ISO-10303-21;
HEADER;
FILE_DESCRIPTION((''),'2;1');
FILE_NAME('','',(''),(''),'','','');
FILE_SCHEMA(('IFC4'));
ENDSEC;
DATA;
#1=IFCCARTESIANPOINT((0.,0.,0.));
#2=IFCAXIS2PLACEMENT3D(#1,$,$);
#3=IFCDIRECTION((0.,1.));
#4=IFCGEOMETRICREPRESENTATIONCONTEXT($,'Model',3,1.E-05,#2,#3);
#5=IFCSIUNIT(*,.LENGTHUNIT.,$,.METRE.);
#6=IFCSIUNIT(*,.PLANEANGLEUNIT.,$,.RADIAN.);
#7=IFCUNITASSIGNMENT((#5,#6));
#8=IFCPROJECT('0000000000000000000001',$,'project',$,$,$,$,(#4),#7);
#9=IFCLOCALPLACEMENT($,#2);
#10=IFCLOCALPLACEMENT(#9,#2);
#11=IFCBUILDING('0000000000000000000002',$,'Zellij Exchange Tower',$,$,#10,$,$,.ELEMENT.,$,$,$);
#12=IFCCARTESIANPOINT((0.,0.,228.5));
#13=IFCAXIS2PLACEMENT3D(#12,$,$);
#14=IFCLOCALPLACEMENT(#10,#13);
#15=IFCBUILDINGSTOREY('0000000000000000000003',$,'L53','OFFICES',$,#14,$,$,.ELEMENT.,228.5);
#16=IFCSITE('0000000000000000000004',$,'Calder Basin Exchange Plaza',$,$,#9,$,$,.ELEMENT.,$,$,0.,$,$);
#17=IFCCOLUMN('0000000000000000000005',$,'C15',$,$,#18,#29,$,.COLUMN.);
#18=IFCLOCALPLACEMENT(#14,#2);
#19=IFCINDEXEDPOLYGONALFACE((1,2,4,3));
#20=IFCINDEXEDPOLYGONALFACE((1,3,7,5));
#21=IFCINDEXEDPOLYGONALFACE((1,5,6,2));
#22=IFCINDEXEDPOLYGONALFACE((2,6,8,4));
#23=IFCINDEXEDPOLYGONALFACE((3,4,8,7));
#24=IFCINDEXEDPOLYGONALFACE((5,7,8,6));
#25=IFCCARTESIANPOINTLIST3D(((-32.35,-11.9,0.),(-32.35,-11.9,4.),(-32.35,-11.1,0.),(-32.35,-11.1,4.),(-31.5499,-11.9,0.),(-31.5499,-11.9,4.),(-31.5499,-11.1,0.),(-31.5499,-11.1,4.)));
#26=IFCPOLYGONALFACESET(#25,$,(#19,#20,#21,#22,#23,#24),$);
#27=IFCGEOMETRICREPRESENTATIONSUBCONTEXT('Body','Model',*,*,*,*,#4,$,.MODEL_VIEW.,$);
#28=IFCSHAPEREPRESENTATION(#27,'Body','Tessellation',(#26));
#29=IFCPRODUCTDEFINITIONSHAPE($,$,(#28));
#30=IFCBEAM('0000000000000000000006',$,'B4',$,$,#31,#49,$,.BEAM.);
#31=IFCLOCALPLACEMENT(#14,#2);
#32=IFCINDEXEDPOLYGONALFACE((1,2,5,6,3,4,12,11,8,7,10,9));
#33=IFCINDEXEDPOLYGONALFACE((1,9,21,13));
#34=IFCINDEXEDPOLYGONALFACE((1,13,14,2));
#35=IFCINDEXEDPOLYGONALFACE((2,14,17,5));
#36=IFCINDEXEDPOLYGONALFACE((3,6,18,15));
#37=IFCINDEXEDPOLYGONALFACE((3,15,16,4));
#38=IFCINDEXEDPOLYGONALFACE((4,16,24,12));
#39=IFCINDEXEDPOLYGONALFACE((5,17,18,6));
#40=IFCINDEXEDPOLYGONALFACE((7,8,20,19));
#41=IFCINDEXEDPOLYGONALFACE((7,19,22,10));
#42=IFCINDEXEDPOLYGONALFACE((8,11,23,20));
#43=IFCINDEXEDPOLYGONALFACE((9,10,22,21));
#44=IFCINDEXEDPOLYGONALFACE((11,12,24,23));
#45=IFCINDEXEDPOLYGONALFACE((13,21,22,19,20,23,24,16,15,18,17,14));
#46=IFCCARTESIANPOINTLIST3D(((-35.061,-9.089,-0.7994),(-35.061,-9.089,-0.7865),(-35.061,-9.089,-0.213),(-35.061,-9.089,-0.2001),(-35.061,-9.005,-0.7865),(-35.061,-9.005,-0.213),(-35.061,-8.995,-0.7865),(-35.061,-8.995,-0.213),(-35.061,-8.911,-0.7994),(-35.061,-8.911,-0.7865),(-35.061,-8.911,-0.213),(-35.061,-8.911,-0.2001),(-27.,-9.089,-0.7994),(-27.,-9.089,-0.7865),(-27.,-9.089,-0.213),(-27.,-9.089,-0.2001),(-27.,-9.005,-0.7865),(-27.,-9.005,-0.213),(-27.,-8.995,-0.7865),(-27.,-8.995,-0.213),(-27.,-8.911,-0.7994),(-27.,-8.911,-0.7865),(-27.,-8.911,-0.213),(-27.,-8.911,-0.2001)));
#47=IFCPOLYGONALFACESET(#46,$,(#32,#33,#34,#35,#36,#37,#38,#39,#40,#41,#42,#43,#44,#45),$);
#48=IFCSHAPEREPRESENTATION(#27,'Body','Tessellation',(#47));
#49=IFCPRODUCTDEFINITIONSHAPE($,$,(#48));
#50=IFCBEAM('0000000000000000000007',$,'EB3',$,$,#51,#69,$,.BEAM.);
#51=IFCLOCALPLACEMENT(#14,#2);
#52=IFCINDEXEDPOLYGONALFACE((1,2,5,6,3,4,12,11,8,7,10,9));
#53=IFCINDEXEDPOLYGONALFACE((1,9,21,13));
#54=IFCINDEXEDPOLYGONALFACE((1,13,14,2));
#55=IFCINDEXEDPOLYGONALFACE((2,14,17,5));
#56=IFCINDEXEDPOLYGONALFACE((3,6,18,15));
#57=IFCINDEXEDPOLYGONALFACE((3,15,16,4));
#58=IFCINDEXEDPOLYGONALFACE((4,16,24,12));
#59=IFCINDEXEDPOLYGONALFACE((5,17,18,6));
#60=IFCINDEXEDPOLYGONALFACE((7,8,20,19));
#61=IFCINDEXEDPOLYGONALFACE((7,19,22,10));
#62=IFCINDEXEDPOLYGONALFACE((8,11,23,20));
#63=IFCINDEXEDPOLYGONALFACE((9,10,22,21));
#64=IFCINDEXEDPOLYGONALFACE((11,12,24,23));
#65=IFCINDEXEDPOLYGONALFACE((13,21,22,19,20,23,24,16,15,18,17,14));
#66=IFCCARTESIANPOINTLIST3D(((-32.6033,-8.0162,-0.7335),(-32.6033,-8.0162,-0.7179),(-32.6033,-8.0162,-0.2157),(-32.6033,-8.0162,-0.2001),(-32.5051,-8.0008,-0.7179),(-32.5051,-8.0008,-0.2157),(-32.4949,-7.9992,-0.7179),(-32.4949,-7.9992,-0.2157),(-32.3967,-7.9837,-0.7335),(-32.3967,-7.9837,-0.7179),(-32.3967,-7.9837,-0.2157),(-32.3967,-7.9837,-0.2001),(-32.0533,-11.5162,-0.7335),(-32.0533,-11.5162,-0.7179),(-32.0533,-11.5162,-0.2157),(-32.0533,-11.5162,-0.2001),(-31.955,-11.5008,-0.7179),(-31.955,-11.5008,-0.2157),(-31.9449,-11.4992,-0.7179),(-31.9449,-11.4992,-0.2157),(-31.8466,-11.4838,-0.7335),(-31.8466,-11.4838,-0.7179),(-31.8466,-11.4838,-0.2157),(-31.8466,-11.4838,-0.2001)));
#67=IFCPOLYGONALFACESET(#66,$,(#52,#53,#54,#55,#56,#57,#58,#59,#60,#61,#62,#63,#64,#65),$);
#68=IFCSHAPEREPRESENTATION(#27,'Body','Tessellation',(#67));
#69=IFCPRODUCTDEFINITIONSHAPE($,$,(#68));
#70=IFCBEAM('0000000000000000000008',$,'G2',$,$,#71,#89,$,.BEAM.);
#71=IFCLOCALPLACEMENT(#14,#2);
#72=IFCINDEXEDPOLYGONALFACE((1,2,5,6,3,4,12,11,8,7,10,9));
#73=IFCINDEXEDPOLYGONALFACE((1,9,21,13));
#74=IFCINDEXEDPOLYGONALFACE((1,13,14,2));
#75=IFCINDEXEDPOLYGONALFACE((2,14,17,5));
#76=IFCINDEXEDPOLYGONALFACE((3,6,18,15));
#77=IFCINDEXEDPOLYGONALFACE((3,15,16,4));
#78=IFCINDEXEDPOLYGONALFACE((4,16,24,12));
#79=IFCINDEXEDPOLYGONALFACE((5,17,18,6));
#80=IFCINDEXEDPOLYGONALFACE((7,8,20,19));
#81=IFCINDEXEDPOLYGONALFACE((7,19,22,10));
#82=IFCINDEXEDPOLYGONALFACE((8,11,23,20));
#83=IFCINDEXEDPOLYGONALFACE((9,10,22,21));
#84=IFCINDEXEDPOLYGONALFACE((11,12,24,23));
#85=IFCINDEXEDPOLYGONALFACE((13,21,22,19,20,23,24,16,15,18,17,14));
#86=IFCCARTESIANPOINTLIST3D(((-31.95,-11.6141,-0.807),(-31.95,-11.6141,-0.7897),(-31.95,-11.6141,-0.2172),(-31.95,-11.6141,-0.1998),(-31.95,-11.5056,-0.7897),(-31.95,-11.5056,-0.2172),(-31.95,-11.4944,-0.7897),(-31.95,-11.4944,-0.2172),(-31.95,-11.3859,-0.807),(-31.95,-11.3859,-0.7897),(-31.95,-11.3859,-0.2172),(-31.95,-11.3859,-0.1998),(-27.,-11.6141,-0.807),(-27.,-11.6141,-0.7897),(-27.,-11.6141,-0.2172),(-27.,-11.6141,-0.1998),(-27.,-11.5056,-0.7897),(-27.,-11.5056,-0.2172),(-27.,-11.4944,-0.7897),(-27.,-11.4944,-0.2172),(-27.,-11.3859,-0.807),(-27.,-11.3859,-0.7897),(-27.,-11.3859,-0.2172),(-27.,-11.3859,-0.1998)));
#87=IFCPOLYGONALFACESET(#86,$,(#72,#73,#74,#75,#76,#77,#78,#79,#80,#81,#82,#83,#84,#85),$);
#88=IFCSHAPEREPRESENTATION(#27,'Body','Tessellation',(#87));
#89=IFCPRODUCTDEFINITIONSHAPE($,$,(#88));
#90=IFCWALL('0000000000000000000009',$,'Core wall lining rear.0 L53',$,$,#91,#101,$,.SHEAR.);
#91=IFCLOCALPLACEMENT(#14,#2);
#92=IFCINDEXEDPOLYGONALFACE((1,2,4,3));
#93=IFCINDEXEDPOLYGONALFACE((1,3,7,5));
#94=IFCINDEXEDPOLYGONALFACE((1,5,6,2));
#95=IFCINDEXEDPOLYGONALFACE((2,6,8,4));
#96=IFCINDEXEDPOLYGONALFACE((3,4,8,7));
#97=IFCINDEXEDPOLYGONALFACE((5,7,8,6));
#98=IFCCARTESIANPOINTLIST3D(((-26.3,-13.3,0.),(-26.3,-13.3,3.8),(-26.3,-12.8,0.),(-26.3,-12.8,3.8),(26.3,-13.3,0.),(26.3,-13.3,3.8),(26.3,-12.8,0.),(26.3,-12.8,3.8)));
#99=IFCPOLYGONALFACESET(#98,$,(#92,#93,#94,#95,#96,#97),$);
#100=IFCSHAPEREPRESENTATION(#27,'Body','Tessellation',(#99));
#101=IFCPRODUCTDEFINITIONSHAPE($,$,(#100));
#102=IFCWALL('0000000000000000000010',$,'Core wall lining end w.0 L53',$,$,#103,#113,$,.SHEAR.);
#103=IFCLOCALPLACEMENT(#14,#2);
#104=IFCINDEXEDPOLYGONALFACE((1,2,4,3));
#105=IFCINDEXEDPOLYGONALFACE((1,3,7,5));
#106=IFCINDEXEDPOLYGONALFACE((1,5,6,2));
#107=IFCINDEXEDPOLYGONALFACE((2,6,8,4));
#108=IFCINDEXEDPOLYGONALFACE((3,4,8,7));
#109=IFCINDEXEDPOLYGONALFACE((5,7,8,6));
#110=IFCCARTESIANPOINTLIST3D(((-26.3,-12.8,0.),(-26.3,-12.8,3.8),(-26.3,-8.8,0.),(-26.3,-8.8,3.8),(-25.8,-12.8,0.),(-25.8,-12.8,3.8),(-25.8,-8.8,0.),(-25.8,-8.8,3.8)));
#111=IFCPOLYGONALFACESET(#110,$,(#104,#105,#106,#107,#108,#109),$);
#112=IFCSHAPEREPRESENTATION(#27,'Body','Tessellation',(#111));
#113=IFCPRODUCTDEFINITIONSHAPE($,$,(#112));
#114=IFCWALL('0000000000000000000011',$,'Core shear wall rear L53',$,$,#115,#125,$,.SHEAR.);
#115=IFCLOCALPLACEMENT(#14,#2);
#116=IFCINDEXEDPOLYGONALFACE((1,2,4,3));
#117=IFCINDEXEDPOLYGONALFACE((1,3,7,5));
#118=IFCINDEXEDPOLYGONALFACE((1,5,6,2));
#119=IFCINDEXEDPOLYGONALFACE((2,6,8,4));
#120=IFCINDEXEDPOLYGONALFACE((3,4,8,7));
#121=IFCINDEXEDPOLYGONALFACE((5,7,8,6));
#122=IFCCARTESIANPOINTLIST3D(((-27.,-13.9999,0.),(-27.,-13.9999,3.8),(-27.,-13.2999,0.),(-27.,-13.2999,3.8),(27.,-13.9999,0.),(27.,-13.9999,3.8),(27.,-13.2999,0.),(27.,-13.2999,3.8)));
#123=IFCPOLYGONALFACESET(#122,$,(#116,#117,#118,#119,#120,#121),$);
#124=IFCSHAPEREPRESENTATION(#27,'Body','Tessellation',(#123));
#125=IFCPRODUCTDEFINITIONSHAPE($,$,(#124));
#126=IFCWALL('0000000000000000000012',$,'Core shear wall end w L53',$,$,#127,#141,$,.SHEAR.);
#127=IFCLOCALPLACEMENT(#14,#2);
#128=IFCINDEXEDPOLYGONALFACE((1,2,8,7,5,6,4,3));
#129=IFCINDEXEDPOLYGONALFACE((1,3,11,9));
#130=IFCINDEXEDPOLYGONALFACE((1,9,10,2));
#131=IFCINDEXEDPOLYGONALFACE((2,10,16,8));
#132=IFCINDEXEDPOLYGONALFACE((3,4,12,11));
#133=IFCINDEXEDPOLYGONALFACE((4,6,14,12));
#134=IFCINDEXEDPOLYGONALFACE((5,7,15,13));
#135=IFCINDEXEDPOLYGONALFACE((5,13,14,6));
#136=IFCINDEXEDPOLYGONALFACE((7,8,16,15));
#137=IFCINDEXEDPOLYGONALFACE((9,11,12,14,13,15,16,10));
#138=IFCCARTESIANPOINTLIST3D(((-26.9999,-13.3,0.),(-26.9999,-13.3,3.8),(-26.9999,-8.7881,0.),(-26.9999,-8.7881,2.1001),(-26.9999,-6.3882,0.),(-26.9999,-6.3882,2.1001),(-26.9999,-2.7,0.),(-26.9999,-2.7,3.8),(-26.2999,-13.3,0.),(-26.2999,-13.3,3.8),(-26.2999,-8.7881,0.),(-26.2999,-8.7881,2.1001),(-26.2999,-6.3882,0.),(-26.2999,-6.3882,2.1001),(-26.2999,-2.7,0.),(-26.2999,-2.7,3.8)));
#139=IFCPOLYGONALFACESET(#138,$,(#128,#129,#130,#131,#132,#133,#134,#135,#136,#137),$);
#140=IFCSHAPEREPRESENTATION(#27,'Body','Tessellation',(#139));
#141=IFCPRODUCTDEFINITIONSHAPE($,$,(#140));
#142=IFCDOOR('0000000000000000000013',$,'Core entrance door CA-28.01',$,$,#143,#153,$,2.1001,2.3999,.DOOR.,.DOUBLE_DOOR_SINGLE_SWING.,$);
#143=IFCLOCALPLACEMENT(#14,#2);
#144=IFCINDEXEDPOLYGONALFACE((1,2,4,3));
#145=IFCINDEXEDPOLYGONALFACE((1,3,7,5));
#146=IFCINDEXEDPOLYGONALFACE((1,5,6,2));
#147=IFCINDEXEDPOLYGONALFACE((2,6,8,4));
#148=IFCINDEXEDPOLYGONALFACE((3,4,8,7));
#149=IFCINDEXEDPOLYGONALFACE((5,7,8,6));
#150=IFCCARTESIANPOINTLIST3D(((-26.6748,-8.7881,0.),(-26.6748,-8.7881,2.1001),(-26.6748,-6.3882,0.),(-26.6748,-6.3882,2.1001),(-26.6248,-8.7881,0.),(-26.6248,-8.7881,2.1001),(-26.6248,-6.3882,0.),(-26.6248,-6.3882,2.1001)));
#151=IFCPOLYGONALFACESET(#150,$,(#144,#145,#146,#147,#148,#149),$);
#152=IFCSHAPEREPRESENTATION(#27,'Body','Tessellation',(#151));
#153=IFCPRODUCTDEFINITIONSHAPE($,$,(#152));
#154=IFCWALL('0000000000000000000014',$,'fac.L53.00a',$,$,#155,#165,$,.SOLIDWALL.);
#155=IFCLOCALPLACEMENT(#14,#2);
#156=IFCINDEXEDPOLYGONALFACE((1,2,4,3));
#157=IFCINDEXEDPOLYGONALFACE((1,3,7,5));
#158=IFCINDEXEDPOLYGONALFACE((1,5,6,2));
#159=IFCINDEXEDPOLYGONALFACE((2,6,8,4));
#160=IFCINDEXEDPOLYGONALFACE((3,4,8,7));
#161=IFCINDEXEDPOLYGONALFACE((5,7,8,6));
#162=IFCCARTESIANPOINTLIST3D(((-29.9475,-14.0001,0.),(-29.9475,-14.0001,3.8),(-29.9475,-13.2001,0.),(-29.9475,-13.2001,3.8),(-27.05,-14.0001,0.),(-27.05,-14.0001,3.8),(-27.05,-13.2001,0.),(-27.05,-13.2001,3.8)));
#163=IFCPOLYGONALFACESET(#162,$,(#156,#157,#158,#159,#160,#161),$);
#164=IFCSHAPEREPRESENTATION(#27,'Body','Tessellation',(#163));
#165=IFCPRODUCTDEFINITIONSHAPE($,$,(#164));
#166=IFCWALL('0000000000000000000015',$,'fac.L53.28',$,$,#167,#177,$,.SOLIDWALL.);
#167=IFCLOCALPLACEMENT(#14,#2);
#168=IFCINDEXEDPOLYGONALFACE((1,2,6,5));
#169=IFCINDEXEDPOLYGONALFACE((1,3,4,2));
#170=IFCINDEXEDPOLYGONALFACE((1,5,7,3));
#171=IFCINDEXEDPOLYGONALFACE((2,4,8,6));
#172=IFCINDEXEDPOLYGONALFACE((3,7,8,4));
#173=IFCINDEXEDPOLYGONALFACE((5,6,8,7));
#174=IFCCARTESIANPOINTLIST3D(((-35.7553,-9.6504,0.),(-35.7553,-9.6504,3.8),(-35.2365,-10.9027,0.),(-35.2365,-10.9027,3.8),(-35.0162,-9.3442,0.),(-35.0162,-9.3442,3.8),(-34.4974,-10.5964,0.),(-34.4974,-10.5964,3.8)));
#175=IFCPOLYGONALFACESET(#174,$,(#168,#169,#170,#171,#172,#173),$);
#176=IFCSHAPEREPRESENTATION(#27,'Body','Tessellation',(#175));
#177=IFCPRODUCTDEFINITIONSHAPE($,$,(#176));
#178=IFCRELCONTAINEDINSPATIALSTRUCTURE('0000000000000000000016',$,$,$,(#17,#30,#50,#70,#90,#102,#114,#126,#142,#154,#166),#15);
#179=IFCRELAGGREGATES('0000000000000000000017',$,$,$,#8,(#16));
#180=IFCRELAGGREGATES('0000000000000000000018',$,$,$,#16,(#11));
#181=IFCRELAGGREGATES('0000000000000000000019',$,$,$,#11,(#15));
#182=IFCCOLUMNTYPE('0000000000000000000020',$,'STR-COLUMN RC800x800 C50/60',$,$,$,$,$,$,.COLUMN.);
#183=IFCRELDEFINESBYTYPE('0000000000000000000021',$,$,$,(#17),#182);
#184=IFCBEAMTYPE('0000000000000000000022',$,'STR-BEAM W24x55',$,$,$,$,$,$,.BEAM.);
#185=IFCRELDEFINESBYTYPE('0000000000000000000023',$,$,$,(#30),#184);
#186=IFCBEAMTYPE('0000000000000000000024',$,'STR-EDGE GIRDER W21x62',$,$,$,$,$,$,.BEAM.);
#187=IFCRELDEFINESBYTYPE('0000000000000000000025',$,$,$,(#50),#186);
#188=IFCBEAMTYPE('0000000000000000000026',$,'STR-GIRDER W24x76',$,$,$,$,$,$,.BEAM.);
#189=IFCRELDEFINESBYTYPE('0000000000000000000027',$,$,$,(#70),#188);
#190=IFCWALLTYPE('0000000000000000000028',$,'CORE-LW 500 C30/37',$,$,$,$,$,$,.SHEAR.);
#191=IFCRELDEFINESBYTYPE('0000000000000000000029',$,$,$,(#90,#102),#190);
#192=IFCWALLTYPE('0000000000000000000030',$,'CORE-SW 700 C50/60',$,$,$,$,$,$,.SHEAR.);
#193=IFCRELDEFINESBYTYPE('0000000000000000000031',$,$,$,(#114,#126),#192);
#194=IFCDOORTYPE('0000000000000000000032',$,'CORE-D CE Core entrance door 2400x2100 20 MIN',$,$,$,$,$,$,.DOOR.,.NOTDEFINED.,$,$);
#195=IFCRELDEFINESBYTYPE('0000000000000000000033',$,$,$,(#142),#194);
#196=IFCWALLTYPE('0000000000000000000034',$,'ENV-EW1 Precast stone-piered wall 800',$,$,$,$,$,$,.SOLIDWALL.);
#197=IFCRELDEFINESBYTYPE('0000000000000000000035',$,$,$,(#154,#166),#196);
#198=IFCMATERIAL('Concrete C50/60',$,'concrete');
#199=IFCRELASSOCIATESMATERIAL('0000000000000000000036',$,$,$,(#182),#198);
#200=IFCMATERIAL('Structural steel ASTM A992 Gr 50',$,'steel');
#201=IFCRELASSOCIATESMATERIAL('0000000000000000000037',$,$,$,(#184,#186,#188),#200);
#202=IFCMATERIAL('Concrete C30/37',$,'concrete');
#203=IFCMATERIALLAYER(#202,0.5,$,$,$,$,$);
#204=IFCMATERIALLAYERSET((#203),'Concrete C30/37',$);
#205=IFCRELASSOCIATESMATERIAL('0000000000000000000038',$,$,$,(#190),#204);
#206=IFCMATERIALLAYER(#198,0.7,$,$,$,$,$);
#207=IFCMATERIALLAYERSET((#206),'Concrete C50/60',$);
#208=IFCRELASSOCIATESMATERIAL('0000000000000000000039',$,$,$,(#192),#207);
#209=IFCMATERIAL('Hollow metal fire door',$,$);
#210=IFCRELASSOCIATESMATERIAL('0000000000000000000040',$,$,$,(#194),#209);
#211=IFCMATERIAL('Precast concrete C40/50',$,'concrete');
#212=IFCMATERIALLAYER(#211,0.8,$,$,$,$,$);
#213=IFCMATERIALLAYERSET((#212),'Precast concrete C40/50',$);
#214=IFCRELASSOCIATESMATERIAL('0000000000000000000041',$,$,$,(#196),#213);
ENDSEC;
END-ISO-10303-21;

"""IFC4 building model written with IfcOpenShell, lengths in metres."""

from ifc_helpers import new_model, si_unit, direction, frame, frame_2d, origin, origin_2d, place, context, subcontext, project, spatial, rectangle, i_section, extrude, material, layer, layer_set, material_profile, profile_set, type_object, element, fill, save


model = new_model("IFC4")

# Units and contexts
model_context = context("Model", 3, precision=1e-05, world=origin(), true_north=direction((0.0, 1.0)))
body_context = subcontext(model_context, "Body", "Model", "MODEL_VIEW")
ifc_project = project(units=[si_unit("LENGTHUNIT", "METRE"), si_unit("PLANEANGLEUNIT", "RADIAN")], contexts=[model_context])

# Site, building, storey
site_placement = place(None, origin())
site = spatial("IfcSite", under=ifc_project, at=site_placement, Name="Calder Basin Exchange Plaza", CompositionType="ELEMENT", RefElevation=0.0)
building_placement = place(site_placement, origin())
building = spatial("IfcBuilding", under=site, at=building_placement, Name="Zellij Exchange Tower", CompositionType="ELEMENT")
storey_placement = place(building_placement, frame((0.0, 0.0, 228.5)))
storey = spatial("IfcBuildingStorey", under=building, at=storey_placement, Name="L53", Description="OFFICES", CompositionType="ELEMENT", Elevation=228.5)

# Column
ifc_material_1 = material(Name="Concrete C50/60", Category="concrete")
ifc_material_profile_1 = material_profile(ifc_material_1, rectangle(XDim=0.8, YDim=0.8, at=origin_2d()), Name="STR-COLUMN RC800x800 C50/60")
ifc_profile_set_1 = profile_set([ifc_material_profile_1], Name="Concrete C50/60")
column_type = type_object("IfcColumnType", Name="STR-COLUMN RC800x800 C50/60", PredefinedType="COLUMN", material=ifc_profile_set_1)
column_placement = place(storey_placement, frame((-31.95, -11.5, 0.0), z_axis=(0.0, 0.0, 1.0), x_axis=(1.0, 0.0, 0.0)))
element("IfcColumn", 1, at=column_placement, inside=storey, type_object=column_type, Name="C15", PredefinedType="COLUMN", context=body_context, shape_type="SweptSolid", body=[
    extrude(rectangle(XDim=0.8, YDim=0.8, at=origin_2d()), origin(), (0.0, 0.0, 1.0), 4.0),
])

# Beams
ifc_material_2 = material(Name="Structural steel ASTM A992 Gr 50", Category="steel")
ifc_material_profile_2 = material_profile(ifc_material_2, i_section(OverallWidth=0.178, OverallDepth=0.5994, WebThickness=0.01, FlangeThickness=0.0129, at=origin_2d()), Name="W24x55")
ifc_profile_set_2 = profile_set([ifc_material_profile_2], Name="Structural steel ASTM A992 Gr 50")
beam_type_1 = type_object("IfcBeamType", Name="STR-BEAM W24x55", PredefinedType="BEAM", material=ifc_profile_set_2)
beam_1_placement = place(storey_placement, frame((-35.061, -9.0, -0.4998), z_axis=(1.0, 0.0, 0.0), x_axis=(0.0, 1.0, 0.0)))
element("IfcBeam", 2, at=beam_1_placement, inside=storey, type_object=beam_type_1, Name="B4", PredefinedType="BEAM", context=body_context, shape_type="SweptSolid", body=[
    extrude(i_section(OverallWidth=0.178, OverallDepth=0.5994, WebThickness=0.01, FlangeThickness=0.0129, at=origin_2d()), origin(), (0.0, 0.0, 1.0), 8.061),
])
ifc_material_profile_3 = material_profile(ifc_material_2, i_section(OverallWidth=0.2092, OverallDepth=0.5334, WebThickness=0.0103, FlangeThickness=0.0156, at=origin_2d()), Name="W21x62")
ifc_profile_set_3 = profile_set([ifc_material_profile_3], Name="Structural steel ASTM A992 Gr 50")
beam_type_2 = type_object("IfcBeamType", Name="STR-EDGE GIRDER W21x62", PredefinedType="BEAM", material=ifc_profile_set_3)
beam_2_placement = place(storey_placement, frame((-31.95, -11.5, -0.4668), z_axis=(-0.155251, 0.987875, 0.0), x_axis=(-0.987875, -0.155251, 0.0)))
element("IfcBeam", 3, at=beam_2_placement, inside=storey, type_object=beam_type_2, Name="EB3", PredefinedType="BEAM", context=body_context, shape_type="SweptSolid", body=[
    extrude(i_section(OverallWidth=0.2092, OverallDepth=0.5334, WebThickness=0.0103, FlangeThickness=0.0156, at=origin_2d()), origin(), (0.0, 0.0, 1.0), 3.543),
])
ifc_material_profile_4 = material_profile(ifc_material_2, i_section(OverallWidth=0.2283, OverallDepth=0.6072, WebThickness=0.0112, FlangeThickness=0.0173, at=origin_2d()), Name="W24x76")
ifc_profile_set_4 = profile_set([ifc_material_profile_4], Name="Structural steel ASTM A992 Gr 50")
beam_type_3 = type_object("IfcBeamType", Name="STR-GIRDER W24x76", PredefinedType="BEAM", material=ifc_profile_set_4)
beam_3_placement = place(storey_placement, frame((-31.95, -11.5, -0.5034), z_axis=(1.0, 0.0, 0.0), x_axis=(0.0, 1.0, 0.0)))
element("IfcBeam", 4, at=beam_3_placement, inside=storey, type_object=beam_type_3, Name="G2", PredefinedType="BEAM", context=body_context, shape_type="SweptSolid", body=[
    extrude(i_section(OverallWidth=0.2283, OverallDepth=0.6072, WebThickness=0.0112, FlangeThickness=0.0173, at=origin_2d()), origin(), (0.0, 0.0, 1.0), 4.95),
])

# Walls
ifc_material_3 = material(Name="Concrete C30/37", Category="concrete")
ifc_layer_1 = layer(ifc_material_3, 0.5)
ifc_layer_set_1 = layer_set([ifc_layer_1], Name="Concrete C30/37")
wall_type_1 = type_object("IfcWallType", Name="CORE-LW 500 C30/37", PredefinedType="SHEAR", material=ifc_layer_set_1)
wall_1_placement = place(storey_placement, frame((-26.3, -13.05, 0.0), z_axis=(0.0, 0.0, 1.0), x_axis=(1.0, 0.0, 0.0)))
element("IfcWall", 5, at=wall_1_placement, inside=storey, type_object=wall_type_1, Name="Core wall lining rear.0 L53", PredefinedType="SHEAR", context=body_context, shape_type="SweptSolid", body=[
    extrude(rectangle(XDim=52.6001, YDim=0.5, at=frame_2d((26.3, 0.0))), origin(), (0.0, 0.0, 1.0), 3.8),
])
wall_2_placement = place(storey_placement, frame((-26.05, -12.8, 0.0), z_axis=(0.0, 0.0, 1.0), x_axis=(0.0, 1.0, 0.0)))
element("IfcWall", 6, at=wall_2_placement, inside=storey, type_object=wall_type_1, Name="Core wall lining end w.0 L53", PredefinedType="SHEAR", context=body_context, shape_type="SweptSolid", body=[
    extrude(rectangle(XDim=4.0, YDim=0.5, at=frame_2d((2.0, 0.0))), origin(), (0.0, 0.0, 1.0), 3.8),
])
ifc_layer_2 = layer(ifc_material_1, 0.7)
ifc_layer_set_2 = layer_set([ifc_layer_2], Name="Concrete C50/60")
wall_type_2 = type_object("IfcWallType", Name="CORE-SW 700 C50/60", PredefinedType="SHEAR", material=ifc_layer_set_2)
wall_3_placement = place(storey_placement, frame((-27.0, -13.6499, 0.0), z_axis=(0.0, 0.0, 1.0), x_axis=(1.0, 0.0, 0.0)))
element("IfcWall", 7, at=wall_3_placement, inside=storey, type_object=wall_type_2, Name="Core shear wall rear L53", PredefinedType="SHEAR", context=body_context, shape_type="SweptSolid", body=[
    extrude(rectangle(XDim=54.0, YDim=0.7, at=frame_2d((27.0, 0.0))), origin(), (0.0, 0.0, 1.0), 3.8),
])

# Wall, opening, door
wall_4_placement = place(storey_placement, frame((-26.6499, -13.3, 0.0), z_axis=(0.0, 0.0, 1.0), x_axis=(0.0, 1.0, 0.0)))
wall_4 = element("IfcWall", 8, at=wall_4_placement, inside=storey, type_object=wall_type_2, Name="Core shear wall end w L53", PredefinedType="SHEAR", context=body_context, shape_type="SweptSolid", body=[
    extrude(rectangle(XDim=10.6001, YDim=0.7, at=frame_2d((5.3, 0.0))), origin(), (0.0, 0.0, 1.0), 3.8),
])
opening_1_placement = place(wall_4_placement, frame((4.512, 0.0, 0.0)))
opening_1 = element("IfcOpeningElement", 9, at=opening_1_placement, cuts=wall_4, PredefinedType="OPENING", context=body_context, shape_type="SweptSolid", body=[
    extrude(rectangle(XDim=2.3999, YDim=2.1001, at=frame_2d((1.2, 1.05))), frame((0.0, 0.3618, 0.0), z_axis=(0.0, -1.0, 0.0), x_axis=(1.0, 0.0, 0.0)), (0.0, 0.0, 1.0), 0.7239),
])
ifc_material_4 = material(Name="Hollow metal fire door")
door_type_1 = type_object("IfcDoorType", Name="CORE-D CE Core entrance door 2400x2100 20 MIN", OperationType="NOTDEFINED", PredefinedType="DOOR", material=ifc_material_4)
door_1_placement = place(opening_1_placement, origin())
door_1 = element("IfcDoor", 10, at=door_1_placement, inside=storey, type_object=door_type_1, Name="Core entrance door CA-28.01", OperationType="DOUBLE_DOOR_SINGLE_SWING", OverallHeight=2.1001, OverallWidth=2.3999, PredefinedType="DOOR", context=body_context, shape_type="SweptSolid", body=[
    extrude(rectangle(XDim=2.3999, YDim=2.1001, at=frame_2d((1.2, 1.05))), frame((0.0, 0.0249, 0.0), z_axis=(0.0, -1.0, 0.0), x_axis=(1.0, 0.0, 0.0)), (0.0, 0.0, 1.0), 0.05),
])
fill(opening_1, door_1)

# Walls
ifc_material_5 = material(Name="Precast concrete C40/50", Category="concrete")
ifc_layer_3 = layer(ifc_material_5, 0.8)
ifc_layer_set_3 = layer_set([ifc_layer_3], Name="Precast concrete C40/50")
wall_type_3 = type_object("IfcWallType", Name="ENV-EW1 Precast stone-piered wall 800", PredefinedType="SOLIDWALL", material=ifc_layer_set_3)
wall_5_placement = place(storey_placement, frame((-29.9475, -13.6001, 0.0), z_axis=(0.0, 0.0, 1.0), x_axis=(1.0, 0.0, 0.0)))
element("IfcWall", 11, at=wall_5_placement, inside=storey, type_object=wall_type_3, Name="fac.L53.00a", PredefinedType="SOLIDWALL", context=body_context, shape_type="SweptSolid", body=[
    extrude(rectangle(XDim=2.8975, YDim=0.8, at=frame_2d((1.4487, 0.0))), origin(), (0.0, 0.0, 1.0), 3.8),
])
wall_6_placement = place(storey_placement, frame((-35.3857, -9.4973, 0.0), z_axis=(0.0, 0.0, 1.0), x_axis=(0.38276, -0.923848, 0.0)))
element("IfcWall", 12, at=wall_6_placement, inside=storey, type_object=wall_type_3, Name="fac.L53.28", PredefinedType="SOLIDWALL", context=body_context, shape_type="SweptSolid", body=[
    extrude(rectangle(XDim=1.3555, YDim=0.8, at=frame_2d((0.6777, 0.0))), origin(), (0.0, 0.0, 1.0), 3.8),
])

save(model, "model.ifc")
